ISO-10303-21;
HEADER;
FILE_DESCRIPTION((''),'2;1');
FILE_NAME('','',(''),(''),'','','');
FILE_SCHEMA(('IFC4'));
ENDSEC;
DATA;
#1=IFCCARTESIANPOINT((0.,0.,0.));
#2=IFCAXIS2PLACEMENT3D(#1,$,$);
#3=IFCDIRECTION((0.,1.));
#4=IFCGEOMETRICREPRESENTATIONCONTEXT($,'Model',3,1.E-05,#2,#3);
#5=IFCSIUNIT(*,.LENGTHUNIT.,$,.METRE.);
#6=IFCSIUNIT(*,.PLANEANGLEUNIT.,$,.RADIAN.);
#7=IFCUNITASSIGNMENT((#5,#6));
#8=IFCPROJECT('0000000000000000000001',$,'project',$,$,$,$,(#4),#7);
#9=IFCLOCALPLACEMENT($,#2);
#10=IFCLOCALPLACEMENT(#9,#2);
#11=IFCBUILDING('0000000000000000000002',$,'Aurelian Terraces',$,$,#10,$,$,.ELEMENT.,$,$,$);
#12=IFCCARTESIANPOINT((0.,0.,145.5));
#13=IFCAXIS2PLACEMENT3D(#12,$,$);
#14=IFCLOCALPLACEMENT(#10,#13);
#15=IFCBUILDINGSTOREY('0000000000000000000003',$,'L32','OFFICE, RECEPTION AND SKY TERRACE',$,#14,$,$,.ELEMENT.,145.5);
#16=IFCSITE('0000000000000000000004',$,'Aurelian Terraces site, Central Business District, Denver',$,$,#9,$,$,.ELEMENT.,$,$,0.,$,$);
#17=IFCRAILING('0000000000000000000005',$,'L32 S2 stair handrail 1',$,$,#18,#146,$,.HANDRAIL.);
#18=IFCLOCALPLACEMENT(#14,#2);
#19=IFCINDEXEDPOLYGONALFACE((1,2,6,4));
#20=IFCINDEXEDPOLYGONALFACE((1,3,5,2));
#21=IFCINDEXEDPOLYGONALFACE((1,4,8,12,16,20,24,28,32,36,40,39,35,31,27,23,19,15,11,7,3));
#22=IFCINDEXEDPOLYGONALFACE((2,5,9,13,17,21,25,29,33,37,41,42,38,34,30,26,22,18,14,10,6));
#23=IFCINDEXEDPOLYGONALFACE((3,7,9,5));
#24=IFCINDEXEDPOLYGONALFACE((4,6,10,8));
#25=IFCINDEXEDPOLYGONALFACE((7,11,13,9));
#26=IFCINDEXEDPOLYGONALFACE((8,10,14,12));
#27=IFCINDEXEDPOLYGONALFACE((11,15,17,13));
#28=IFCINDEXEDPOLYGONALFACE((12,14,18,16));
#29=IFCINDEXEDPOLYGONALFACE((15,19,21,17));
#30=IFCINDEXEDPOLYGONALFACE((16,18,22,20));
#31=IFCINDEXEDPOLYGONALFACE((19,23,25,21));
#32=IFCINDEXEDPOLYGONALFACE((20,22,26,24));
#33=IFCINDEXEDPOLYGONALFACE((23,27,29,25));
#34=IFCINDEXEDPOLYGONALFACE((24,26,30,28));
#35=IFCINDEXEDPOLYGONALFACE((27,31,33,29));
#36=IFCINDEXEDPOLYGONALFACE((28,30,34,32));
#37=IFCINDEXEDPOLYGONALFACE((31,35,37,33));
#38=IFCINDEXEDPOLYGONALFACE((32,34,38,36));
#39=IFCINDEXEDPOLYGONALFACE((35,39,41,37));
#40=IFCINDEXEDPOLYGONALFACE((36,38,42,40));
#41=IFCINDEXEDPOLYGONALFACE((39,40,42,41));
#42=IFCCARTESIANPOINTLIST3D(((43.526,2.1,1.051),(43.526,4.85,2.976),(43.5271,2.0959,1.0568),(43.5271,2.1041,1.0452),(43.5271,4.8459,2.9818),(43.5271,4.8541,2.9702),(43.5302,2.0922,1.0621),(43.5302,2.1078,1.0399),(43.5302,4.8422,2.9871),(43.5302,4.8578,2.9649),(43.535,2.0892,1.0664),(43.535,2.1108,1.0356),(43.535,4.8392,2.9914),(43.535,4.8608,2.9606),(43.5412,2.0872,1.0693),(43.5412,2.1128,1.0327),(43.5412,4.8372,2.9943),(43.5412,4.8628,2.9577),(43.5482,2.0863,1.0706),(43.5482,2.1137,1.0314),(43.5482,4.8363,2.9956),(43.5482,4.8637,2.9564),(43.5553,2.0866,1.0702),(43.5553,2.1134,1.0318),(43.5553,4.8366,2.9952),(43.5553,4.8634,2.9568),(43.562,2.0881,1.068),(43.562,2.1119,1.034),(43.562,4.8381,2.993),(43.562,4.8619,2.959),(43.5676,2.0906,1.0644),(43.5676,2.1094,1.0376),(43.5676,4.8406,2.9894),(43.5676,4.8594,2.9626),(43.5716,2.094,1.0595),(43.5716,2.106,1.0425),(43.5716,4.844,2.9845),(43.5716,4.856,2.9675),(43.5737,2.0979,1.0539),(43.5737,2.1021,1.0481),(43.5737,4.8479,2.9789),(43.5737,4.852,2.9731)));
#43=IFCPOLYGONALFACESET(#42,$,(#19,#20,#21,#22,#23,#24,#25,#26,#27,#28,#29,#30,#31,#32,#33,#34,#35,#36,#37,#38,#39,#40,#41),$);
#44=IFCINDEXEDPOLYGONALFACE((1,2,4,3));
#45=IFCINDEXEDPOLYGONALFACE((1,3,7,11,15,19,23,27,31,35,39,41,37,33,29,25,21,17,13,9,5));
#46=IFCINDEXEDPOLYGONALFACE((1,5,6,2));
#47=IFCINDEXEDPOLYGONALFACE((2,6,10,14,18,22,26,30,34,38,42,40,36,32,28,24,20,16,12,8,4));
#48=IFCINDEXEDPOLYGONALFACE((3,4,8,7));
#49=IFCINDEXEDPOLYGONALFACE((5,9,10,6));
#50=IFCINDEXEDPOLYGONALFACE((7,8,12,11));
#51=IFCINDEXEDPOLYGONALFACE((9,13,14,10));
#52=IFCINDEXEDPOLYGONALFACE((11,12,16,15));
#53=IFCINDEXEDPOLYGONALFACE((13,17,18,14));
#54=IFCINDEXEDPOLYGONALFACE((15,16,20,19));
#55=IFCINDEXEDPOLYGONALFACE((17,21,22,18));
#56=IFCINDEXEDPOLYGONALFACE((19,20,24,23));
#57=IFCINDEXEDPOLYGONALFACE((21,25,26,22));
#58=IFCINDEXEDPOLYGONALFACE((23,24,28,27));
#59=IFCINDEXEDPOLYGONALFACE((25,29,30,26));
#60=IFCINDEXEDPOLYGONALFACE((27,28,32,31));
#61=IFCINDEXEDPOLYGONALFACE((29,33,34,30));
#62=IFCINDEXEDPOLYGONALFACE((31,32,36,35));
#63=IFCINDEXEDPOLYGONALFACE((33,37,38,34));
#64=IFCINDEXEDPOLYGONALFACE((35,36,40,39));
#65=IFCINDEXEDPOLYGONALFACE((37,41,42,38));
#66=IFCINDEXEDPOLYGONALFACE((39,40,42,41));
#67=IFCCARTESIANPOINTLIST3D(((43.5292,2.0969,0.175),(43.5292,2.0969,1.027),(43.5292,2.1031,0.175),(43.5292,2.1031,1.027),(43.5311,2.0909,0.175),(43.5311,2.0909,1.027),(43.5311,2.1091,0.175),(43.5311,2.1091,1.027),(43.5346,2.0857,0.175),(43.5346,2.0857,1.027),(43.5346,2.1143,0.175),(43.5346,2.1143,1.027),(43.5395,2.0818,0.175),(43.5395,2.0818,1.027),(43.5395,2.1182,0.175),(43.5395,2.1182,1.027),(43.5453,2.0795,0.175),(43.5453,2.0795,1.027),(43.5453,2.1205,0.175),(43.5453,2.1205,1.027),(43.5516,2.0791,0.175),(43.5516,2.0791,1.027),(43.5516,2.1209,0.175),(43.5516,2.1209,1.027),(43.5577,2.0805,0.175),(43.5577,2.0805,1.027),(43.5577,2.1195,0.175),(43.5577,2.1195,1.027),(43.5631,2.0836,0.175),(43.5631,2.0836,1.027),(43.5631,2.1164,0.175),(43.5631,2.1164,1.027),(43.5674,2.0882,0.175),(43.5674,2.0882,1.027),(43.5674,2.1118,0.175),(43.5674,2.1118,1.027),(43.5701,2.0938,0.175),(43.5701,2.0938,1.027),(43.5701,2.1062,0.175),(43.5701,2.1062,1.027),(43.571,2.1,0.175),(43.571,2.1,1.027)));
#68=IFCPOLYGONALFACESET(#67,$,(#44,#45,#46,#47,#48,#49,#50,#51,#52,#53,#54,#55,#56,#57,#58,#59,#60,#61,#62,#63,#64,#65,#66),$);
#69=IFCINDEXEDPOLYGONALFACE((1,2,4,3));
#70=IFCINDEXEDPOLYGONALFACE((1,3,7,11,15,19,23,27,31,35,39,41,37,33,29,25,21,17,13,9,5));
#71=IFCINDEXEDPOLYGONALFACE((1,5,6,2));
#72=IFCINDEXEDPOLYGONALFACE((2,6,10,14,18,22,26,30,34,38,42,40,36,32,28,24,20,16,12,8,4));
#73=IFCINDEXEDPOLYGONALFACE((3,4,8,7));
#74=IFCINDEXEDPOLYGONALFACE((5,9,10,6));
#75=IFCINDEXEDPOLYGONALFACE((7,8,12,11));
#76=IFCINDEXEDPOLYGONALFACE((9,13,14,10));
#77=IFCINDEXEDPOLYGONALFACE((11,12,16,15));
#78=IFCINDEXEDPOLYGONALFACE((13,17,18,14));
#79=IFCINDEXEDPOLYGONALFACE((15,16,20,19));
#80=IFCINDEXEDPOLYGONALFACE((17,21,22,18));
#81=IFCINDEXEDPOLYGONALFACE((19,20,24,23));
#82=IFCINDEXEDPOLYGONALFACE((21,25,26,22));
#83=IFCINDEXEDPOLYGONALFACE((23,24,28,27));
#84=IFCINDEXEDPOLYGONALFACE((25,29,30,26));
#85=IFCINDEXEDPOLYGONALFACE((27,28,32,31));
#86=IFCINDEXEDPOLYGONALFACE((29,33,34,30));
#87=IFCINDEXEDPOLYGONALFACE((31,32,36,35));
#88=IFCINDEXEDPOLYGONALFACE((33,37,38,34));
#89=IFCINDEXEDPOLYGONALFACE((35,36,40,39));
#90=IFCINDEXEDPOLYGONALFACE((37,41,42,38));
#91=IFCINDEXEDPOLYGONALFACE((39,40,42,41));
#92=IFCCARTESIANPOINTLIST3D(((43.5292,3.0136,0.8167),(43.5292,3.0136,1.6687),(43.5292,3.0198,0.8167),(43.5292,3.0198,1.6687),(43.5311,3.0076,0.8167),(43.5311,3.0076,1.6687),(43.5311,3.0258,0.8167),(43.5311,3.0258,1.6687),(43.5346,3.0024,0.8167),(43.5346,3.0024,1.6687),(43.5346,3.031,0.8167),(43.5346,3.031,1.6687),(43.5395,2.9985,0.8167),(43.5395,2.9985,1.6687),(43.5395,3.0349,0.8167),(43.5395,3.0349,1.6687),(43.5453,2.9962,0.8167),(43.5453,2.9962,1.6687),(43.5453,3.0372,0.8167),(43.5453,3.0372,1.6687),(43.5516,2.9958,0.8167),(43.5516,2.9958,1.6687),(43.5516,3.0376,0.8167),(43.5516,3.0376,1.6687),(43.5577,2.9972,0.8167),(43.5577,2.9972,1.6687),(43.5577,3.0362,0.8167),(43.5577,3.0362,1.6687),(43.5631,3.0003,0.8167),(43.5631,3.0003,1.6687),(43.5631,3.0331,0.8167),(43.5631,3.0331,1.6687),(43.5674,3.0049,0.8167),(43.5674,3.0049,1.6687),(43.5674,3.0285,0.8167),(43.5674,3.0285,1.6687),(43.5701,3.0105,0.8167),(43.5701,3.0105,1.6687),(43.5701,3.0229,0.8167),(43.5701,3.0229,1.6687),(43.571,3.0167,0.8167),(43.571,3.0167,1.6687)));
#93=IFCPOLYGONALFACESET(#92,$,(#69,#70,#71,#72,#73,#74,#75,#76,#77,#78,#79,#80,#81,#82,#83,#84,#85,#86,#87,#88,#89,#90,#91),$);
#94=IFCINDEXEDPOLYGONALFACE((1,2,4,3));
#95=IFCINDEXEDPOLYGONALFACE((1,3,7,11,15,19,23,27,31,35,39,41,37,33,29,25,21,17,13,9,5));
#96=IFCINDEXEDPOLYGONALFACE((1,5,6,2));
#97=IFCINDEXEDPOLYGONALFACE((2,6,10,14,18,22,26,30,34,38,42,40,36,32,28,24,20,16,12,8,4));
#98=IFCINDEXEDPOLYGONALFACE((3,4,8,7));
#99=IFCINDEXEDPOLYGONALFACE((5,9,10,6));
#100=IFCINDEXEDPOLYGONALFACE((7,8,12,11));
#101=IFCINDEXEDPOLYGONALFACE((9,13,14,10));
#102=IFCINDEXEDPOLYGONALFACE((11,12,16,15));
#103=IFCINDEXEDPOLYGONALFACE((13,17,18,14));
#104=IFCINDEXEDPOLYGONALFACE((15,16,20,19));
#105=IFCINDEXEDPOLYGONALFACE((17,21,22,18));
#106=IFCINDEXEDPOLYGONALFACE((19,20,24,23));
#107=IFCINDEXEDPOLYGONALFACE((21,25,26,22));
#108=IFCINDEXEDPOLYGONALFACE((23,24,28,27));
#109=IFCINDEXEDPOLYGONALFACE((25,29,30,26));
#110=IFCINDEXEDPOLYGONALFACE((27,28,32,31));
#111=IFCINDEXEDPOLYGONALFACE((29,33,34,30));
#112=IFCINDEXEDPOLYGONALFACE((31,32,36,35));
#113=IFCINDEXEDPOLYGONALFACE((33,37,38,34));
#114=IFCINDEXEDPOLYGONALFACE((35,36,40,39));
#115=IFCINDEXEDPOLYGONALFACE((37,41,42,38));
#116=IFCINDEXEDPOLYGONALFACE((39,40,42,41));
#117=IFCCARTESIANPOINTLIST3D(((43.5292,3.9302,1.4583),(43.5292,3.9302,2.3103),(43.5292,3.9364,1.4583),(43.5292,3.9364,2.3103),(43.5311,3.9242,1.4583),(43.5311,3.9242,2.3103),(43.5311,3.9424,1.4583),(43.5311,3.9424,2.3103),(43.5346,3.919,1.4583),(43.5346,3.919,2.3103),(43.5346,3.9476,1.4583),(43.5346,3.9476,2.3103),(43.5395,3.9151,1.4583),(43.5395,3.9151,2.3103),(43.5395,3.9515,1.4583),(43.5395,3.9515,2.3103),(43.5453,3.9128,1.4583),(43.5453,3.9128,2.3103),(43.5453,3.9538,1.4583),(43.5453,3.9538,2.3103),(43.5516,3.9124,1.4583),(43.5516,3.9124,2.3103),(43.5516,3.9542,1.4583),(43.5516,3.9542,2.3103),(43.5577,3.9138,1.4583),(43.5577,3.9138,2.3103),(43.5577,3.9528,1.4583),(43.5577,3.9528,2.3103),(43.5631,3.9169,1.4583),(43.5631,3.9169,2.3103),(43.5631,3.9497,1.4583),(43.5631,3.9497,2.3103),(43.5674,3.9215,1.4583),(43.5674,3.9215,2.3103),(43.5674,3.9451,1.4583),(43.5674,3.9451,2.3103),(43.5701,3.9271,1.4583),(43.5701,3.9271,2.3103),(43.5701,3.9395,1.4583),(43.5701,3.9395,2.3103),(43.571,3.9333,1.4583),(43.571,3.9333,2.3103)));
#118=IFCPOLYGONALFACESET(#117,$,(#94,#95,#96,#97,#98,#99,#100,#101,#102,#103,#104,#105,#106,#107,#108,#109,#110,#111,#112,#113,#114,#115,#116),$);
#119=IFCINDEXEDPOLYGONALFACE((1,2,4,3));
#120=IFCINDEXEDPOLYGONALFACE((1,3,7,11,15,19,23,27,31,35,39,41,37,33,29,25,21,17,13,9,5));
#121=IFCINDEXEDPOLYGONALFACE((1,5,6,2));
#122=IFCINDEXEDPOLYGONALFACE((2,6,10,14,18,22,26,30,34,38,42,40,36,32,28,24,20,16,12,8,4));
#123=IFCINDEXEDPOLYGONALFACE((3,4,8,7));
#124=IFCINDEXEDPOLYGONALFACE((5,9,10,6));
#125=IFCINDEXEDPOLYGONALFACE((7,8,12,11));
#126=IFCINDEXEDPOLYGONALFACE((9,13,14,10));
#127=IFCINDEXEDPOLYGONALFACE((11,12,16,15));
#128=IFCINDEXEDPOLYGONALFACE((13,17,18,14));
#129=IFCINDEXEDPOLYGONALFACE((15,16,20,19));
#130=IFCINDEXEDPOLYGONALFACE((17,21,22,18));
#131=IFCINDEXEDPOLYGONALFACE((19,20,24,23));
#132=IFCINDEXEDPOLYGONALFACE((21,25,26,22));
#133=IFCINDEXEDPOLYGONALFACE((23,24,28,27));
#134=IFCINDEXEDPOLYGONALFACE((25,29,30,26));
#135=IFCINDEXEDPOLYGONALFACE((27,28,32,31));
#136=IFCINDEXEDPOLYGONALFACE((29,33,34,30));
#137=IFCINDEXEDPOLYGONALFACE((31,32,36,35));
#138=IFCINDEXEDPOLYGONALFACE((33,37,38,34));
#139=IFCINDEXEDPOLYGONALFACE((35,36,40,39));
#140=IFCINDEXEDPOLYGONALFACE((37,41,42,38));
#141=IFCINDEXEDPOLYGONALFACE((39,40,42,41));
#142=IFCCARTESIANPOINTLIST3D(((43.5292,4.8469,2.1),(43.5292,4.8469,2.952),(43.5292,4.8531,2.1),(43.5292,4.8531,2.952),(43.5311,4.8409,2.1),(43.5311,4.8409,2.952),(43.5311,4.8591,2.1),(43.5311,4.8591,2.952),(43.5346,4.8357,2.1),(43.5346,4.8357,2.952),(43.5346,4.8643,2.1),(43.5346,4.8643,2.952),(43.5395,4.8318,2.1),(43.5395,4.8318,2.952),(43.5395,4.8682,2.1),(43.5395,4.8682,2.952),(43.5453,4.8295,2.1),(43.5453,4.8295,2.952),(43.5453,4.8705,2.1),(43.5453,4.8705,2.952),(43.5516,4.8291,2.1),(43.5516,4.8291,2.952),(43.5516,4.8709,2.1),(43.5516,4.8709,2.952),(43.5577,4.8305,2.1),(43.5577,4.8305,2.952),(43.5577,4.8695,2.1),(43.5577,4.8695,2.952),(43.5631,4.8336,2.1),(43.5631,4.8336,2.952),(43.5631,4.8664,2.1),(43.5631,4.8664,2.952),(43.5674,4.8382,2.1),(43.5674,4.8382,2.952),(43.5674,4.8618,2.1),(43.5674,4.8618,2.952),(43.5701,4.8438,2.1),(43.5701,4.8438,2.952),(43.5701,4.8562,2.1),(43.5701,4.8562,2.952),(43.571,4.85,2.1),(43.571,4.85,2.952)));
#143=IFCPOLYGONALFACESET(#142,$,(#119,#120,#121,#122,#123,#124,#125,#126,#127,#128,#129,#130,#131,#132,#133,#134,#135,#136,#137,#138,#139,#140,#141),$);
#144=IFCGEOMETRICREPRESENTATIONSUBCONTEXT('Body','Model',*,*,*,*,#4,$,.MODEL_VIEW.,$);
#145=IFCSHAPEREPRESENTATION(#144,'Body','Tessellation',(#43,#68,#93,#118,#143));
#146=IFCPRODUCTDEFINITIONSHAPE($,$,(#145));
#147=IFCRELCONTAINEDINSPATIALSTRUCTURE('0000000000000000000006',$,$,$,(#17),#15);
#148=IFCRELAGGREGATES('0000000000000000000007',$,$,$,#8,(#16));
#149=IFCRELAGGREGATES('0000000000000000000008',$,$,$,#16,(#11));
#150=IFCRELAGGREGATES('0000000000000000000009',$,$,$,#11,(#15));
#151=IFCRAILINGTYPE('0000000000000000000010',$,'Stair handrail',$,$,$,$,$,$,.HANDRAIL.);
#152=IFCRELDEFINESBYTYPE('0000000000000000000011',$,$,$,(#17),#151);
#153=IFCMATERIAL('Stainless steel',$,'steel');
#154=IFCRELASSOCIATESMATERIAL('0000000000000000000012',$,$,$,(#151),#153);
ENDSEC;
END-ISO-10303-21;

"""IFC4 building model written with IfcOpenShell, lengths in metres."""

from ifc_helpers import new_model, si_unit, direction, frame, origin, origin_2d, place, context, subcontext, project, spatial, circle, extrude, source, transform, mapped, material, type_object, element, save


model = new_model("IFC4")

# Units and contexts
model_context = context("Model", 3, precision=1e-05, world=origin(), true_north=direction((0.0, 1.0)))
body_context = subcontext(model_context, "Body", "Model", "MODEL_VIEW")
ifc_project = project(units=[si_unit("LENGTHUNIT", "METRE"), si_unit("PLANEANGLEUNIT", "RADIAN")], contexts=[model_context])

# Site, building, storey
site_placement = place(None, origin())
site = spatial("IfcSite", under=ifc_project, at=site_placement, Name="Aurelian Terraces site, Central Business District, Denver", CompositionType="ELEMENT", RefElevation=0.0)
building_placement = place(site_placement, origin())
building = spatial("IfcBuilding", under=site, at=building_placement, Name="Aurelian Terraces", CompositionType="ELEMENT")
storey_placement = place(building_placement, frame((0.0, 0.0, 145.5)))
storey = spatial("IfcBuildingStorey", under=building, at=storey_placement, Name="L32", Description="OFFICE, RECEPTION AND SKY TERRACE", CompositionType="ELEMENT", Elevation=145.5)

# Railing
ifc_material_1 = material(Name="Stainless steel", Category="steel")
railing_type_1 = type_object("IfcRailingType", Name="Stair handrail", PredefinedType="HANDRAIL", material=ifc_material_1)
shared_shape_1 = source(origin(), body_context, "Body", "SweptSolid", [
    extrude(circle(Radius=0.024, at=origin_2d()), frame((0.0, 0.0, 0.876), z_axis=(0.0, 0.819232, 0.573462), x_axis=(-1.0, 0.0, 0.0)), (0.0, 0.0, 1.0), 3.3568),
    extrude(circle(Radius=0.021, at=origin_2d()), origin(), (0.0, 0.0, 1.0), 0.852),
    extrude(circle(Radius=0.021, at=origin_2d()), frame((0.0, 0.9167, 0.6417)), (0.0, 0.0, 1.0), 0.852),
    extrude(circle(Radius=0.021, at=origin_2d()), frame((0.0, 1.8333, 1.2833)), (0.0, 0.0, 1.0), 0.852),
    extrude(circle(Radius=0.021, at=origin_2d()), frame((0.0, 2.75, 1.925)), (0.0, 0.0, 1.0), 0.852),
])
railing_1_placement = place(storey_placement, frame((43.55, 2.1, 0.175)))
element("IfcRailing", 1, at=railing_1_placement, inside=storey, type_object=railing_type_1, Name="L32 S2 stair handrail 1", PredefinedType="HANDRAIL", context=body_context, shape_type="MappedRepresentation", body=[
    mapped(shared_shape_1, transform((0.0, 0.0, 0.0), scale=1.0)),
])

save(model, "model.ifc")
